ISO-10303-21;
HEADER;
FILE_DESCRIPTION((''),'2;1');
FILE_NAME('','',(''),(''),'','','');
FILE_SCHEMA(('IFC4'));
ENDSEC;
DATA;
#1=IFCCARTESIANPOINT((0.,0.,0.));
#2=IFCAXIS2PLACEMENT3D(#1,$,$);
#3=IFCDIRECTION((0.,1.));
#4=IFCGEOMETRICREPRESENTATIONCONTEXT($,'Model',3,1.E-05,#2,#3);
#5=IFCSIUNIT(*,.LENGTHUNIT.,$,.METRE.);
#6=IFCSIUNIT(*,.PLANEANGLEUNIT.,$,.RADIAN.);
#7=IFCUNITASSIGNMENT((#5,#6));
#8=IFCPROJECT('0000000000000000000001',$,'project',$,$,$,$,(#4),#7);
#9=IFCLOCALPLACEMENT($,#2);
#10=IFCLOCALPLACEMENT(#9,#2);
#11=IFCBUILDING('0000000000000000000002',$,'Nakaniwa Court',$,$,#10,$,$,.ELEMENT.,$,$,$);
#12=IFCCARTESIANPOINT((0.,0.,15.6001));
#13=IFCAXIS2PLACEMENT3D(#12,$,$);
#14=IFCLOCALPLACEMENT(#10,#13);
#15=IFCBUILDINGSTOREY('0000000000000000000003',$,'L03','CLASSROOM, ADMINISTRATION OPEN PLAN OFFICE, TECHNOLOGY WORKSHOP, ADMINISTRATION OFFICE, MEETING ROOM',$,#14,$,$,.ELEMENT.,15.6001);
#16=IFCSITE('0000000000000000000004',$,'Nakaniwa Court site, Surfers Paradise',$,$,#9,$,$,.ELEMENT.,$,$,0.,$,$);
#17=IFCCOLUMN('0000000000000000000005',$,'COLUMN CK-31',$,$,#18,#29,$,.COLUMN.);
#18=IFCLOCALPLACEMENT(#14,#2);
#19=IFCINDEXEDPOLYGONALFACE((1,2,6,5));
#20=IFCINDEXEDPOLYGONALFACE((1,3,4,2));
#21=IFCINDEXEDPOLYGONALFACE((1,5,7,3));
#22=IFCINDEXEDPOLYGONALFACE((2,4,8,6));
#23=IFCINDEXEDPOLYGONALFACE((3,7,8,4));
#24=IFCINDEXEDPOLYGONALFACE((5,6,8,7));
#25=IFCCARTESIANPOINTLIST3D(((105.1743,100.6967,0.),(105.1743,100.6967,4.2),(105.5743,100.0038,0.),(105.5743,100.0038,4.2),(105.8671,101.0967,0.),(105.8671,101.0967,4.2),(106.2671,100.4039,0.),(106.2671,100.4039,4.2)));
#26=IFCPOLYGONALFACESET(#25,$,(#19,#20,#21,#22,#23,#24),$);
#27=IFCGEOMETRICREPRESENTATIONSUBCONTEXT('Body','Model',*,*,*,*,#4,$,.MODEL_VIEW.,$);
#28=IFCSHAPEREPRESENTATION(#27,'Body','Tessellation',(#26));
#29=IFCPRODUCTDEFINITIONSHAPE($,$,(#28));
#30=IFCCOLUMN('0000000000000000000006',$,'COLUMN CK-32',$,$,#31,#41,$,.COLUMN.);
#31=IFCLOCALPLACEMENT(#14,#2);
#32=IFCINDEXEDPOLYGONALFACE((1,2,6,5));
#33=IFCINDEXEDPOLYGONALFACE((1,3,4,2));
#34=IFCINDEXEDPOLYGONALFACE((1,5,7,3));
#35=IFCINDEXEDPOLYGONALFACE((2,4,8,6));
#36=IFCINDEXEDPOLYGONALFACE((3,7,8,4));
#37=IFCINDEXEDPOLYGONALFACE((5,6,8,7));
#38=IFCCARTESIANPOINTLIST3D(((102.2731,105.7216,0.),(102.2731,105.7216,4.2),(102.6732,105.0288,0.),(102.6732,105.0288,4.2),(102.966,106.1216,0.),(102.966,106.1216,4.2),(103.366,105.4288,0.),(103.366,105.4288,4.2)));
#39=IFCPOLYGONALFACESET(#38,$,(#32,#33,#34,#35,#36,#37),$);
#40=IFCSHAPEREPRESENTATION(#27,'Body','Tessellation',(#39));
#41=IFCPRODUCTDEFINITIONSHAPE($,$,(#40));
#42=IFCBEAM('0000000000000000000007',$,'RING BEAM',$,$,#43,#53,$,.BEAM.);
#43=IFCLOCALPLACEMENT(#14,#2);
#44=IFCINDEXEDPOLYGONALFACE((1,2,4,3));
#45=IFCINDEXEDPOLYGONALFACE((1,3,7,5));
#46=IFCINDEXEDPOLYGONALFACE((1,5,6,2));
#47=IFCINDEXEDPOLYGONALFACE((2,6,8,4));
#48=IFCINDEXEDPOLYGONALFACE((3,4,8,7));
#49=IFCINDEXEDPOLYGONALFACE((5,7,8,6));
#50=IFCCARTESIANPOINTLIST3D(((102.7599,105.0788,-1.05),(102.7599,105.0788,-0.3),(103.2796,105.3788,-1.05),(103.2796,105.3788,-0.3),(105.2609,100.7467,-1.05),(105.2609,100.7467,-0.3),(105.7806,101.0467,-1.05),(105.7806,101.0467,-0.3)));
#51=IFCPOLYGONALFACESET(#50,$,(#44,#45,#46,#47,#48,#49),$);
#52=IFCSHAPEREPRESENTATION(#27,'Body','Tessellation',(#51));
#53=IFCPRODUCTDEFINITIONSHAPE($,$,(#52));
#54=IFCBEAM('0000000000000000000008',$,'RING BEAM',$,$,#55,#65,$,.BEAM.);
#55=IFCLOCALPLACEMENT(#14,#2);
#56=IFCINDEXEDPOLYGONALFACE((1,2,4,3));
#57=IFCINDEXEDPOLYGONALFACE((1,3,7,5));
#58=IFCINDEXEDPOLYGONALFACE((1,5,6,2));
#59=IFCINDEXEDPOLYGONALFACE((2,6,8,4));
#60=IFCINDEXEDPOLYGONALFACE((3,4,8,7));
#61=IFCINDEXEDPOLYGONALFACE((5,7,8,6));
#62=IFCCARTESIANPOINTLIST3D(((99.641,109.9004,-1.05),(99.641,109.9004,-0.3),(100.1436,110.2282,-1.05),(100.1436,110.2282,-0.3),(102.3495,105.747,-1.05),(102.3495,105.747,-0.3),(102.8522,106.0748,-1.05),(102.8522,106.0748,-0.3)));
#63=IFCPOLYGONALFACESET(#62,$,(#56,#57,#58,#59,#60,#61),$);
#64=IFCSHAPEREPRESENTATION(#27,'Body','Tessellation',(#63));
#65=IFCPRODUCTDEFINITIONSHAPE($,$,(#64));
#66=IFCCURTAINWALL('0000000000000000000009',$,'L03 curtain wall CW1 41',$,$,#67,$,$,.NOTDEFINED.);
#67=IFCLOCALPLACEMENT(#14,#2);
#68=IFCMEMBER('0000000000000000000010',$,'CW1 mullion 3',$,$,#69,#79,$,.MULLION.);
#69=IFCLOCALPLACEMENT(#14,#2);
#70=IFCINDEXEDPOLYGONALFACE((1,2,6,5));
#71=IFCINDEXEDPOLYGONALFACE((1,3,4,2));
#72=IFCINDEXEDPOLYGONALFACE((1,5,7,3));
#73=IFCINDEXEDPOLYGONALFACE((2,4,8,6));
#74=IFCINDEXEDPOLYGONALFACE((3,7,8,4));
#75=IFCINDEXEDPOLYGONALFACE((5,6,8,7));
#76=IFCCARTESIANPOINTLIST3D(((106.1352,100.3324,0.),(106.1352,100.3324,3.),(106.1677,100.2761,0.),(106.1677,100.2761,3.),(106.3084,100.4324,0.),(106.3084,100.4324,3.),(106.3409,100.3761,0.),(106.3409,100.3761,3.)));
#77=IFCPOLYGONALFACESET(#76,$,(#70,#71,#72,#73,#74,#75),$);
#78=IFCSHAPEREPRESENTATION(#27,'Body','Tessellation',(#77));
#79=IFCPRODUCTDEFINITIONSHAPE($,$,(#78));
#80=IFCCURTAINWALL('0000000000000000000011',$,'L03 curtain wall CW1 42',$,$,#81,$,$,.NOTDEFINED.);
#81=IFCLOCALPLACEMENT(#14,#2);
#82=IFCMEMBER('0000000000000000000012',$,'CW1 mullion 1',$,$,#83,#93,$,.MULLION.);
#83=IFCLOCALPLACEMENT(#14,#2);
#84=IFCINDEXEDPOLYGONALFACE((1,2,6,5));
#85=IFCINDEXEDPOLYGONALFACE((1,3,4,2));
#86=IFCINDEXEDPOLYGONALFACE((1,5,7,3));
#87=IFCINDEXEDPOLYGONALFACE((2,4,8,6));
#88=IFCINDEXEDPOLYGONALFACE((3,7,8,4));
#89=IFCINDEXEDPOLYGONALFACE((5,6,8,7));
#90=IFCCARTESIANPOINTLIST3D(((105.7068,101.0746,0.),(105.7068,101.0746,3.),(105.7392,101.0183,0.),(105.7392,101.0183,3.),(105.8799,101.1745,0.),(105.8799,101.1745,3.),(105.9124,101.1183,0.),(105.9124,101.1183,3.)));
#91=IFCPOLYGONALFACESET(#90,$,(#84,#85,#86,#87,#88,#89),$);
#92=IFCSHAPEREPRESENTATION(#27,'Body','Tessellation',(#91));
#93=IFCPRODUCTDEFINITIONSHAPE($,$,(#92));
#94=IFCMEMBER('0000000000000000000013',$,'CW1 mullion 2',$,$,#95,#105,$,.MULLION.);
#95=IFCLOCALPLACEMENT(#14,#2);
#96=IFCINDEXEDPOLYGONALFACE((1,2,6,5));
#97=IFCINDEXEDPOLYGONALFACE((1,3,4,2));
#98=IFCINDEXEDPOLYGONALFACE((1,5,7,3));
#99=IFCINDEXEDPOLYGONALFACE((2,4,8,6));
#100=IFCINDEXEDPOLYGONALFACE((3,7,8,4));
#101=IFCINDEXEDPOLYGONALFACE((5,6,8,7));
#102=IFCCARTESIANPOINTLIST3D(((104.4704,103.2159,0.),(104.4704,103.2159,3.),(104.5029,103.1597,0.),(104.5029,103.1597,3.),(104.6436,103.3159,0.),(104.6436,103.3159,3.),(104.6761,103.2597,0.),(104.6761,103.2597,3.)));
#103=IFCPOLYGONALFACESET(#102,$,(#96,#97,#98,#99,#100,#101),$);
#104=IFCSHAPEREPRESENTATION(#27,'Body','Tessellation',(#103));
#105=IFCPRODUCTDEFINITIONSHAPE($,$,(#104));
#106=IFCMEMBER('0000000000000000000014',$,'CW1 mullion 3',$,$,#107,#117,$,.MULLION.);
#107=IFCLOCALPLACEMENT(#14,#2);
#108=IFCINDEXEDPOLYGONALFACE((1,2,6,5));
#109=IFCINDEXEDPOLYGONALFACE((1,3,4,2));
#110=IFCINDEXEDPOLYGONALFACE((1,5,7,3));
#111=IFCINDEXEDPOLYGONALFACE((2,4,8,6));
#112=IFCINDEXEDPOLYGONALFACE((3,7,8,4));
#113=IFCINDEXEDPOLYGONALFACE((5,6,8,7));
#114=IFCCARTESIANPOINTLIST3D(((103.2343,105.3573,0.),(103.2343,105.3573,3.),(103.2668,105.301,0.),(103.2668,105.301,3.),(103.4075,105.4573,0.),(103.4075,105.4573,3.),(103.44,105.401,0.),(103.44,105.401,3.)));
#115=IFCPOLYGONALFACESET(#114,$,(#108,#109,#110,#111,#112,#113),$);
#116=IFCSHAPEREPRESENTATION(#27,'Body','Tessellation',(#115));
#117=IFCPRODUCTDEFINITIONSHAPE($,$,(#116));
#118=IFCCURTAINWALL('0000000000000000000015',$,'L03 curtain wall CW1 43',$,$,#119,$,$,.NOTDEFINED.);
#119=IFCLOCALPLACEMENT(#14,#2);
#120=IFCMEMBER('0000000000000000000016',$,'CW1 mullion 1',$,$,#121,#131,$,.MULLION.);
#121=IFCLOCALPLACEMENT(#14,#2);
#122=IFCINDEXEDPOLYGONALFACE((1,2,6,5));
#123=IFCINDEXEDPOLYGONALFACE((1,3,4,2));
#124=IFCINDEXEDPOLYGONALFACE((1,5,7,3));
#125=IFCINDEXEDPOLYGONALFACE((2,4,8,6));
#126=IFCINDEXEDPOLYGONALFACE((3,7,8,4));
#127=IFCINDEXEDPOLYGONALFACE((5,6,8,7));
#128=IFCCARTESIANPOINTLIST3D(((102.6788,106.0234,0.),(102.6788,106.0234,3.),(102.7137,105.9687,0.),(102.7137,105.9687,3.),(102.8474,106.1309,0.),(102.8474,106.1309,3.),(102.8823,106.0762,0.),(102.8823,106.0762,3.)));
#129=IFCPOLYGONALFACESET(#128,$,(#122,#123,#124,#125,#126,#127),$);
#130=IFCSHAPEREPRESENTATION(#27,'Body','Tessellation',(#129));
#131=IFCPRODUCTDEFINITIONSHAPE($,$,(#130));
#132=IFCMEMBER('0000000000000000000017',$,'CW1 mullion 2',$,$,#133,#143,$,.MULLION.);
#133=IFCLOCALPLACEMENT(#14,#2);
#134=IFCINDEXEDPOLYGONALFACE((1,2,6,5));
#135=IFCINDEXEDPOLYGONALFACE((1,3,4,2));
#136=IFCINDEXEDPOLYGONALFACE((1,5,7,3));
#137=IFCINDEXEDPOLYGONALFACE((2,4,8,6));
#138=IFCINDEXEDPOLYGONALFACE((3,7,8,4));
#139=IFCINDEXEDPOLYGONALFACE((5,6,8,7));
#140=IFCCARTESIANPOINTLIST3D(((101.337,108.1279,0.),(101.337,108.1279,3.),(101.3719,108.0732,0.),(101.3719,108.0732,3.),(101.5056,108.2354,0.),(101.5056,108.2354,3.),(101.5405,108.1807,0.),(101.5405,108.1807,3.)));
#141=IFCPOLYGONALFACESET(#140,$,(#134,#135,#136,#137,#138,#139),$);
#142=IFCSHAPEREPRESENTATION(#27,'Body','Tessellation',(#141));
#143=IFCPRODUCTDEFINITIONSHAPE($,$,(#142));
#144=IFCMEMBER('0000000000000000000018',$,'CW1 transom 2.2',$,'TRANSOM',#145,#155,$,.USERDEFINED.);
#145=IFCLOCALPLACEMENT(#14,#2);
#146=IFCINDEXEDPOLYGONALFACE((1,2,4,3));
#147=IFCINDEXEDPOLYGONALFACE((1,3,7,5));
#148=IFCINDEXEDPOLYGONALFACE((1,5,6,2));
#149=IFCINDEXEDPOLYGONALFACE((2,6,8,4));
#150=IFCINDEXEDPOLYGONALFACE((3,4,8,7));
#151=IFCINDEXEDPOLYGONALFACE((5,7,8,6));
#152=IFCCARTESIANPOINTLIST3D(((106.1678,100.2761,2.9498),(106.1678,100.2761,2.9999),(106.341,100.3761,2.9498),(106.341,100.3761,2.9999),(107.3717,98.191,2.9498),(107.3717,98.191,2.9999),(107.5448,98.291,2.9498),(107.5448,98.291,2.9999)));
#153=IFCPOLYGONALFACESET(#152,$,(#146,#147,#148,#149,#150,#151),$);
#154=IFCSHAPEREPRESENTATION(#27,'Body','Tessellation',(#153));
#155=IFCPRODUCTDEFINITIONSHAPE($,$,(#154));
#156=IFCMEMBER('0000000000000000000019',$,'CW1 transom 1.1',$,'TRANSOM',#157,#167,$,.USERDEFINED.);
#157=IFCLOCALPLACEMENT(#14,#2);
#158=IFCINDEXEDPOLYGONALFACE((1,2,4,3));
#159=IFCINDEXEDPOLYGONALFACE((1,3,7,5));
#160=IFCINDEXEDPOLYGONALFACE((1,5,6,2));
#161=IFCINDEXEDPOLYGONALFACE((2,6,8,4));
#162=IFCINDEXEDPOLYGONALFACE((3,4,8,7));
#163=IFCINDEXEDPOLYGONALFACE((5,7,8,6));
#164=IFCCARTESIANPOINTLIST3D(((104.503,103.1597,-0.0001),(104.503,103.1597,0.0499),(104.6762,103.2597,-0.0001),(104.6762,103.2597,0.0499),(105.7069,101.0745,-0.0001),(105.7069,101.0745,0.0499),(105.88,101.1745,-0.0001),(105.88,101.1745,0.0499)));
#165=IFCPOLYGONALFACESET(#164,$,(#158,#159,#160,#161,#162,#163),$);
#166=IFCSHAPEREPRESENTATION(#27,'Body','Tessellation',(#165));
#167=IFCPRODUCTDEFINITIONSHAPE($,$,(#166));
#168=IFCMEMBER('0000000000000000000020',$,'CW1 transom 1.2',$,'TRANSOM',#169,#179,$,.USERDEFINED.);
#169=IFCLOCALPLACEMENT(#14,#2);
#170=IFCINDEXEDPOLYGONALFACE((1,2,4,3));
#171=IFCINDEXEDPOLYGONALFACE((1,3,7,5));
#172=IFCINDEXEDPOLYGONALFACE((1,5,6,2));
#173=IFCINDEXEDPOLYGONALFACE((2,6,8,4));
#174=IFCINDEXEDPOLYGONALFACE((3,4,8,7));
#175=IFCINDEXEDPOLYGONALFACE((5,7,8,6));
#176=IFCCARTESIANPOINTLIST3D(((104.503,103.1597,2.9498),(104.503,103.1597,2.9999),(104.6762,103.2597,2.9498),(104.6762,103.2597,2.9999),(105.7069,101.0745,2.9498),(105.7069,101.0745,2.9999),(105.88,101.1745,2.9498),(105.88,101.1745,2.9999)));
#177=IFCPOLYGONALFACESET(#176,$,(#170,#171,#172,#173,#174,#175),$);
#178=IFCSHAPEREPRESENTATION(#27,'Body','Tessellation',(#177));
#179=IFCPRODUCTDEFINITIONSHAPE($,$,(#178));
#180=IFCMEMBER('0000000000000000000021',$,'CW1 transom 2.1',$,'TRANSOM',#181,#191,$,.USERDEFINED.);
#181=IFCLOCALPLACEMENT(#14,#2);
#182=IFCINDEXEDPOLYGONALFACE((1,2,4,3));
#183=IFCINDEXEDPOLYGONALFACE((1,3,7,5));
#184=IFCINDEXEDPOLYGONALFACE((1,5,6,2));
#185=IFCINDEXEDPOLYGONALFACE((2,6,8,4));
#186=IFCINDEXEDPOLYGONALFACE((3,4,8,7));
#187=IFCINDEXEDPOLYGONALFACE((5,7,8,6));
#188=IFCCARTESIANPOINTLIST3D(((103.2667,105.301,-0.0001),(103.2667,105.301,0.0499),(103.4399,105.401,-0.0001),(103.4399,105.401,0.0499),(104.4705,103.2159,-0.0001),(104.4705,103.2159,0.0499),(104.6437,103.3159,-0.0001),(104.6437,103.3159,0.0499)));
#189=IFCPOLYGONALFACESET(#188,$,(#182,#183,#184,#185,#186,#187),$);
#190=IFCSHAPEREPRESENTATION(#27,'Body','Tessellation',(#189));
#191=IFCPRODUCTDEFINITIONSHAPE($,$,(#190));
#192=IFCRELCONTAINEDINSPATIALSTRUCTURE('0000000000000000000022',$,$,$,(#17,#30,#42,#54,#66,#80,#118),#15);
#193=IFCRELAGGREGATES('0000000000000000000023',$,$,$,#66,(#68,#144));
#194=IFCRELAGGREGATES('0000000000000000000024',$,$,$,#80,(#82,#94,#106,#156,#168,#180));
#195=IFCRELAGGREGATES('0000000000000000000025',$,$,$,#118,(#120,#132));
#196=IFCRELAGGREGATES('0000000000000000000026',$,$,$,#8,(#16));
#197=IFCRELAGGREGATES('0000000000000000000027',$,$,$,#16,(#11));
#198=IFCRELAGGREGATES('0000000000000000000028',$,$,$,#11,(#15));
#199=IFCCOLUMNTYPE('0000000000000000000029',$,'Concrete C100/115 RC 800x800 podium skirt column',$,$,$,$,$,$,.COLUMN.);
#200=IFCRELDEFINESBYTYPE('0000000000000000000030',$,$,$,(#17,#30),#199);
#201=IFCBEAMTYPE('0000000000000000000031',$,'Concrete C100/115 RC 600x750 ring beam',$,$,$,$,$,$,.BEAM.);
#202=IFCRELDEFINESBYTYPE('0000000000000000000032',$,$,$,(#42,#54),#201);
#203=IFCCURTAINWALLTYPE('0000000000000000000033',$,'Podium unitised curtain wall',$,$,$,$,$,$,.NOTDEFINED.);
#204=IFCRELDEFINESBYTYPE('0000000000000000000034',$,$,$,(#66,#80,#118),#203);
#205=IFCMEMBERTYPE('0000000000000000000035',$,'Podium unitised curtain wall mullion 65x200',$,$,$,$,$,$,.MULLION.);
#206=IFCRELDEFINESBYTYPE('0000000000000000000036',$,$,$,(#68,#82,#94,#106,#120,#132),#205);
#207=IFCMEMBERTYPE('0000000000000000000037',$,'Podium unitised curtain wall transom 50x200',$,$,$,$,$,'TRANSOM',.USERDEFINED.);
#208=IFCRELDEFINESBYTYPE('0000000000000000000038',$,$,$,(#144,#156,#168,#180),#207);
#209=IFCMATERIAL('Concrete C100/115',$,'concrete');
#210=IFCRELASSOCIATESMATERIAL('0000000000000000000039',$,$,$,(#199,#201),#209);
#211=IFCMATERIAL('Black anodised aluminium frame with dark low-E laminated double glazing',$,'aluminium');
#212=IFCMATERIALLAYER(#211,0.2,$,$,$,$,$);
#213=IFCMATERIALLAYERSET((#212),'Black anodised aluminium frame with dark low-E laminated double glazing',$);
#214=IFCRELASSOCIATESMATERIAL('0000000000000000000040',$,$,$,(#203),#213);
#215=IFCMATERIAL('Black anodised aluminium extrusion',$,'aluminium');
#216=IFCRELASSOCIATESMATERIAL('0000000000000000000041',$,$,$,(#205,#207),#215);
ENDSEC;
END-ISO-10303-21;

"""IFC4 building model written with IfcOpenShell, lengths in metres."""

from ifc_helpers import new_model, si_unit, direction, frame, origin, origin_2d, place, context, subcontext, project, spatial, rectangle, extrude, material, layer, layer_set, material_profile, profile_set, type_object, element, aggregate, save


model = new_model("IFC4")

# Units and contexts
model_context = context("Model", 3, precision=1e-05, world=origin(), true_north=direction((0.0, 1.0)))
body_context = subcontext(model_context, "Body", "Model", "MODEL_VIEW")
ifc_project = project(units=[si_unit("LENGTHUNIT", "METRE"), si_unit("PLANEANGLEUNIT", "RADIAN")], contexts=[model_context])

# Site, building, storey
site_placement = place(None, origin())
site = spatial("IfcSite", under=ifc_project, at=site_placement, Name="Nakaniwa Court site, Surfers Paradise", CompositionType="ELEMENT", RefElevation=0.0)
building_placement = place(site_placement, origin())
building = spatial("IfcBuilding", under=site, at=building_placement, Name="Nakaniwa Court", CompositionType="ELEMENT")
storey_placement = place(building_placement, frame((0.0, 0.0, 15.6001)))
storey = spatial("IfcBuildingStorey", under=building, at=storey_placement, Name="L03", Description="CLASSROOM, ADMINISTRATION OPEN PLAN OFFICE, TECHNOLOGY WORKSHOP, ADMINISTRATION OFFICE, MEETING ROOM", CompositionType="ELEMENT", Elevation=15.6001)

# Columns
ifc_material_1 = material(Name="Concrete C100/115", Category="concrete")
ifc_material_profile_1 = material_profile(ifc_material_1, rectangle(XDim=0.8, YDim=0.8, at=origin_2d()), Name="Concrete C100/115 RC 800x800 podium skirt column")
ifc_profile_set_1 = profile_set([ifc_material_profile_1], Name="Concrete C100/115")
column_type = type_object("IfcColumnType", Name="Concrete C100/115 RC 800x800 podium skirt column", PredefinedType="COLUMN", material=ifc_profile_set_1)
for number, where, z_axis, x_axis, name in (
    (1, (105.7207, 100.5503, 0.0), (0.0, 0.0, 1.0), (-0.5, 0.866025, 0.0), "COLUMN CK-31"),
    (2, (102.8196, 105.5752, 0.0), (0.0, 0.0, 1.0), (-0.5, 0.866025, 0.0), "COLUMN CK-32"),
):
    element("IfcColumn", number, at=place(storey_placement, frame(where, z_axis=z_axis, x_axis=x_axis)), inside=storey, type_object=column_type, Name=name, PredefinedType="COLUMN", context=body_context, shape_type="SweptSolid", body=[
        extrude(rectangle(XDim=0.8, YDim=0.8, at=origin_2d()), origin(), (0.0, 0.0, 1.0), 4.2),
    ])

# Beams
ifc_material_profile_2 = material_profile(ifc_material_1, rectangle(XDim=0.6001, YDim=0.75, at=origin_2d()), Name="Concrete C100/115 RC 600x750 ring beam")
ifc_profile_set_2 = profile_set([ifc_material_profile_2], Name="Concrete C100/115")
beam_type = type_object("IfcBeamType", Name="Concrete C100/115 RC 600x750 ring beam", PredefinedType="BEAM", material=ifc_profile_set_2)
beam_1_placement = place(storey_placement, frame((105.5208, 100.8967, -0.675), z_axis=(-0.499982, 0.866036, 0.0), x_axis=(-0.866036, -0.499982, 0.0)))
element("IfcBeam", 3, at=beam_1_placement, inside=storey, type_object=beam_type, Name="RING BEAM", PredefinedType="BEAM", context=body_context, shape_type="SweptSolid", body=[
    extrude(rectangle(XDim=0.6001, YDim=0.75, at=origin_2d()), origin(), (0.0, 0.0, 1.0), 5.0022),
])
beam_2_placement = place(storey_placement, frame((102.6008, 105.9109, -0.675), z_axis=(-0.546241, 0.837628, 0.0), x_axis=(-0.837628, -0.546241, 0.0)))
element("IfcBeam", 4, at=beam_2_placement, inside=storey, type_object=beam_type, Name="RING BEAM", PredefinedType="BEAM", context=body_context, shape_type="SweptSolid", body=[
    extrude(rectangle(XDim=0.6001, YDim=0.75, at=origin_2d()), origin(), (0.0, 0.0, 1.0), 4.9585),
])

# Curtain wall, member
ifc_material_2 = material(Name="Black anodised aluminium frame with dark low-E laminated double glazing", Category="aluminium")
ifc_layer_1 = layer(ifc_material_2, 0.2)
ifc_layer_set_1 = layer_set([ifc_layer_1], Name="Black anodised aluminium frame with dark low-E laminated double glazing")
curtain_wall_type = type_object("IfcCurtainWallType", Name="Podium unitised curtain wall", PredefinedType="NOTDEFINED", material=ifc_layer_set_1)
curtain_wall_1_placement = place(storey_placement, origin())
curtain_wall_1 = element("IfcCurtainWall", 5, at=curtain_wall_1_placement, inside=storey, type_object=curtain_wall_type, Name="L03 curtain wall CW1 41", PredefinedType="NOTDEFINED")
ifc_material_3 = material(Name="Black anodised aluminium extrusion", Category="aluminium")
ifc_material_profile_3 = material_profile(ifc_material_3, rectangle(XDim=0.2, YDim=0.0649, at=origin_2d()), Name="Podium unitised curtain wall mullion 65x200")
ifc_profile_set_3 = profile_set([ifc_material_profile_3], Name="Black anodised aluminium extrusion")
member_type_1 = type_object("IfcMemberType", Name="Podium unitised curtain wall mullion 65x200", PredefinedType="MULLION", material=ifc_profile_set_3)
member_1_placement = place(storey_placement, frame((106.238, 100.3542, 0.0), z_axis=(0.0, 0.0, 1.0), x_axis=(-0.866029, -0.499994, 0.0)))
member_1 = element("IfcMember", 6, at=member_1_placement, type_object=member_type_1, Name="CW1 mullion 3", PredefinedType="MULLION", context=body_context, shape_type="SweptSolid", body=[
    extrude(rectangle(XDim=0.2, YDim=0.0649, at=origin_2d()), origin(), (0.0, 0.0, 1.0), 3.0),
])

# Curtain walls, members
curtain_wall_2_placement = place(storey_placement, origin())
curtain_wall_2 = element("IfcCurtainWall", 7, at=curtain_wall_2_placement, inside=storey, type_object=curtain_wall_type, Name="L03 curtain wall CW1 42", PredefinedType="NOTDEFINED")
member_2_placement = place(storey_placement, frame((105.8096, 101.0964, 0.0), z_axis=(0.0, 0.0, 1.0), x_axis=(-0.866032, -0.499988, 0.0)))
member_2 = element("IfcMember", 8, at=member_2_placement, type_object=member_type_1, Name="CW1 mullion 1", PredefinedType="MULLION", context=body_context, shape_type="SweptSolid", body=[
    extrude(rectangle(XDim=0.2, YDim=0.0649, at=origin_2d()), origin(), (0.0, 0.0, 1.0), 3.0),
])
member_3_placement = place(storey_placement, frame((104.5732, 103.2378, 0.0), z_axis=(0.0, 0.0, 1.0), x_axis=(-0.866032, -0.499988, 0.0)))
member_3 = element("IfcMember", 9, at=member_3_placement, type_object=member_type_1, Name="CW1 mullion 2", PredefinedType="MULLION", context=body_context, shape_type="SweptSolid", body=[
    extrude(rectangle(XDim=0.2, YDim=0.0649, at=origin_2d()), origin(), (0.0, 0.0, 1.0), 3.0),
])
member_4_placement = place(storey_placement, frame((103.3372, 105.3792, 0.0), z_axis=(0.0, 0.0, 1.0), x_axis=(-0.866032, -0.499988, 0.0)))
member_4 = element("IfcMember", 10, at=member_4_placement, type_object=member_type_1, Name="CW1 mullion 3", PredefinedType="MULLION", context=body_context, shape_type="SweptSolid", body=[
    extrude(rectangle(XDim=0.2, YDim=0.0649, at=origin_2d()), origin(), (0.0, 0.0, 1.0), 3.0),
])
curtain_wall_3_placement = place(storey_placement, origin())
curtain_wall_3 = element("IfcCurtainWall", 11, at=curtain_wall_3_placement, inside=storey, type_object=curtain_wall_type, Name="L03 curtain wall CW1 43", PredefinedType="NOTDEFINED")
member_5_placement = place(storey_placement, frame((102.7805, 106.0498, 0.0), z_axis=(0.0, 0.0, 1.0), x_axis=(-0.843172, -0.537644, 0.0)))
member_5 = element("IfcMember", 12, at=member_5_placement, type_object=member_type_1, Name="CW1 mullion 1", PredefinedType="MULLION", context=body_context, shape_type="SweptSolid", body=[
    extrude(rectangle(XDim=0.2, YDim=0.0649, at=origin_2d()), origin(), (0.0, 0.0, 1.0), 3.0),
])
member_6_placement = place(storey_placement, frame((101.4387, 108.1543, 0.0), z_axis=(0.0, 0.0, 1.0), x_axis=(-0.843172, -0.537644, 0.0)))
member_6 = element("IfcMember", 13, at=member_6_placement, type_object=member_type_1, Name="CW1 mullion 2", PredefinedType="MULLION", context=body_context, shape_type="SweptSolid", body=[
    extrude(rectangle(XDim=0.2, YDim=0.0649, at=origin_2d()), origin(), (0.0, 0.0, 1.0), 3.0),
])

# Members
ifc_material_profile_4 = material_profile(ifc_material_3, rectangle(XDim=0.2, YDim=0.05, at=origin_2d()), Name="Podium unitised curtain wall transom 50x200")
ifc_profile_set_4 = profile_set([ifc_material_profile_4], Name="Black anodised aluminium extrusion")
member_type_2 = type_object("IfcMemberType", Name="Podium unitised curtain wall transom 50x200", ElementType="TRANSOM", PredefinedType="USERDEFINED", material=ifc_profile_set_4)
member_7_placement = place(storey_placement, frame((107.4583, 98.241, 2.9749), z_axis=(-0.499989, 0.866032, 0.0), x_axis=(-0.866032, -0.499989, 0.0)))
member_7 = element("IfcMember", 14, at=member_7_placement, type_object=member_type_2, Name="CW1 transom 2.2", ObjectType="TRANSOM", PredefinedType="USERDEFINED", context=body_context, shape_type="SweptSolid", body=[
    extrude(rectangle(XDim=0.2, YDim=0.05, at=origin_2d()), origin(), (0.0, 0.0, 1.0), 2.4077),
])
member_8_placement = place(storey_placement, frame((105.7935, 101.1245, 0.0249), z_axis=(-0.499989, 0.866032, 0.0), x_axis=(-0.866032, -0.499989, 0.0)))
member_8 = element("IfcMember", 15, at=member_8_placement, type_object=member_type_2, Name="CW1 transom 1.1", ObjectType="TRANSOM", PredefinedType="USERDEFINED", context=body_context, shape_type="SweptSolid", body=[
    extrude(rectangle(XDim=0.2, YDim=0.05, at=origin_2d()), origin(), (0.0, 0.0, 1.0), 2.4077),
])
member_9_placement = place(storey_placement, frame((105.7935, 101.1245, 2.9749), z_axis=(-0.499989, 0.866032, 0.0), x_axis=(-0.866032, -0.499989, 0.0)))
member_9 = element("IfcMember", 16, at=member_9_placement, type_object=member_type_2, Name="CW1 transom 1.2", ObjectType="TRANSOM", PredefinedType="USERDEFINED", context=body_context, shape_type="SweptSolid", body=[
    extrude(rectangle(XDim=0.2, YDim=0.05, at=origin_2d()), origin(), (0.0, 0.0, 1.0), 2.4077),
])
member_10_placement = place(storey_placement, frame((104.5571, 103.2659, 0.0249), z_axis=(-0.499989, 0.866032, 0.0), x_axis=(-0.866032, -0.499989, 0.0)))
member_10 = element("IfcMember", 17, at=member_10_placement, type_object=member_type_2, Name="CW1 transom 2.1", ObjectType="TRANSOM", PredefinedType="USERDEFINED", context=body_context, shape_type="SweptSolid", body=[
    extrude(rectangle(XDim=0.2, YDim=0.05, at=origin_2d()), origin(), (0.0, 0.0, 1.0), 2.4077),
])

aggregate(curtain_wall_1, [member_1, member_7])
aggregate(curtain_wall_2, [member_2, member_3, member_4, member_8, member_9, member_10])
aggregate(curtain_wall_3, [member_5, member_6])

save(model, "model.ifc")
